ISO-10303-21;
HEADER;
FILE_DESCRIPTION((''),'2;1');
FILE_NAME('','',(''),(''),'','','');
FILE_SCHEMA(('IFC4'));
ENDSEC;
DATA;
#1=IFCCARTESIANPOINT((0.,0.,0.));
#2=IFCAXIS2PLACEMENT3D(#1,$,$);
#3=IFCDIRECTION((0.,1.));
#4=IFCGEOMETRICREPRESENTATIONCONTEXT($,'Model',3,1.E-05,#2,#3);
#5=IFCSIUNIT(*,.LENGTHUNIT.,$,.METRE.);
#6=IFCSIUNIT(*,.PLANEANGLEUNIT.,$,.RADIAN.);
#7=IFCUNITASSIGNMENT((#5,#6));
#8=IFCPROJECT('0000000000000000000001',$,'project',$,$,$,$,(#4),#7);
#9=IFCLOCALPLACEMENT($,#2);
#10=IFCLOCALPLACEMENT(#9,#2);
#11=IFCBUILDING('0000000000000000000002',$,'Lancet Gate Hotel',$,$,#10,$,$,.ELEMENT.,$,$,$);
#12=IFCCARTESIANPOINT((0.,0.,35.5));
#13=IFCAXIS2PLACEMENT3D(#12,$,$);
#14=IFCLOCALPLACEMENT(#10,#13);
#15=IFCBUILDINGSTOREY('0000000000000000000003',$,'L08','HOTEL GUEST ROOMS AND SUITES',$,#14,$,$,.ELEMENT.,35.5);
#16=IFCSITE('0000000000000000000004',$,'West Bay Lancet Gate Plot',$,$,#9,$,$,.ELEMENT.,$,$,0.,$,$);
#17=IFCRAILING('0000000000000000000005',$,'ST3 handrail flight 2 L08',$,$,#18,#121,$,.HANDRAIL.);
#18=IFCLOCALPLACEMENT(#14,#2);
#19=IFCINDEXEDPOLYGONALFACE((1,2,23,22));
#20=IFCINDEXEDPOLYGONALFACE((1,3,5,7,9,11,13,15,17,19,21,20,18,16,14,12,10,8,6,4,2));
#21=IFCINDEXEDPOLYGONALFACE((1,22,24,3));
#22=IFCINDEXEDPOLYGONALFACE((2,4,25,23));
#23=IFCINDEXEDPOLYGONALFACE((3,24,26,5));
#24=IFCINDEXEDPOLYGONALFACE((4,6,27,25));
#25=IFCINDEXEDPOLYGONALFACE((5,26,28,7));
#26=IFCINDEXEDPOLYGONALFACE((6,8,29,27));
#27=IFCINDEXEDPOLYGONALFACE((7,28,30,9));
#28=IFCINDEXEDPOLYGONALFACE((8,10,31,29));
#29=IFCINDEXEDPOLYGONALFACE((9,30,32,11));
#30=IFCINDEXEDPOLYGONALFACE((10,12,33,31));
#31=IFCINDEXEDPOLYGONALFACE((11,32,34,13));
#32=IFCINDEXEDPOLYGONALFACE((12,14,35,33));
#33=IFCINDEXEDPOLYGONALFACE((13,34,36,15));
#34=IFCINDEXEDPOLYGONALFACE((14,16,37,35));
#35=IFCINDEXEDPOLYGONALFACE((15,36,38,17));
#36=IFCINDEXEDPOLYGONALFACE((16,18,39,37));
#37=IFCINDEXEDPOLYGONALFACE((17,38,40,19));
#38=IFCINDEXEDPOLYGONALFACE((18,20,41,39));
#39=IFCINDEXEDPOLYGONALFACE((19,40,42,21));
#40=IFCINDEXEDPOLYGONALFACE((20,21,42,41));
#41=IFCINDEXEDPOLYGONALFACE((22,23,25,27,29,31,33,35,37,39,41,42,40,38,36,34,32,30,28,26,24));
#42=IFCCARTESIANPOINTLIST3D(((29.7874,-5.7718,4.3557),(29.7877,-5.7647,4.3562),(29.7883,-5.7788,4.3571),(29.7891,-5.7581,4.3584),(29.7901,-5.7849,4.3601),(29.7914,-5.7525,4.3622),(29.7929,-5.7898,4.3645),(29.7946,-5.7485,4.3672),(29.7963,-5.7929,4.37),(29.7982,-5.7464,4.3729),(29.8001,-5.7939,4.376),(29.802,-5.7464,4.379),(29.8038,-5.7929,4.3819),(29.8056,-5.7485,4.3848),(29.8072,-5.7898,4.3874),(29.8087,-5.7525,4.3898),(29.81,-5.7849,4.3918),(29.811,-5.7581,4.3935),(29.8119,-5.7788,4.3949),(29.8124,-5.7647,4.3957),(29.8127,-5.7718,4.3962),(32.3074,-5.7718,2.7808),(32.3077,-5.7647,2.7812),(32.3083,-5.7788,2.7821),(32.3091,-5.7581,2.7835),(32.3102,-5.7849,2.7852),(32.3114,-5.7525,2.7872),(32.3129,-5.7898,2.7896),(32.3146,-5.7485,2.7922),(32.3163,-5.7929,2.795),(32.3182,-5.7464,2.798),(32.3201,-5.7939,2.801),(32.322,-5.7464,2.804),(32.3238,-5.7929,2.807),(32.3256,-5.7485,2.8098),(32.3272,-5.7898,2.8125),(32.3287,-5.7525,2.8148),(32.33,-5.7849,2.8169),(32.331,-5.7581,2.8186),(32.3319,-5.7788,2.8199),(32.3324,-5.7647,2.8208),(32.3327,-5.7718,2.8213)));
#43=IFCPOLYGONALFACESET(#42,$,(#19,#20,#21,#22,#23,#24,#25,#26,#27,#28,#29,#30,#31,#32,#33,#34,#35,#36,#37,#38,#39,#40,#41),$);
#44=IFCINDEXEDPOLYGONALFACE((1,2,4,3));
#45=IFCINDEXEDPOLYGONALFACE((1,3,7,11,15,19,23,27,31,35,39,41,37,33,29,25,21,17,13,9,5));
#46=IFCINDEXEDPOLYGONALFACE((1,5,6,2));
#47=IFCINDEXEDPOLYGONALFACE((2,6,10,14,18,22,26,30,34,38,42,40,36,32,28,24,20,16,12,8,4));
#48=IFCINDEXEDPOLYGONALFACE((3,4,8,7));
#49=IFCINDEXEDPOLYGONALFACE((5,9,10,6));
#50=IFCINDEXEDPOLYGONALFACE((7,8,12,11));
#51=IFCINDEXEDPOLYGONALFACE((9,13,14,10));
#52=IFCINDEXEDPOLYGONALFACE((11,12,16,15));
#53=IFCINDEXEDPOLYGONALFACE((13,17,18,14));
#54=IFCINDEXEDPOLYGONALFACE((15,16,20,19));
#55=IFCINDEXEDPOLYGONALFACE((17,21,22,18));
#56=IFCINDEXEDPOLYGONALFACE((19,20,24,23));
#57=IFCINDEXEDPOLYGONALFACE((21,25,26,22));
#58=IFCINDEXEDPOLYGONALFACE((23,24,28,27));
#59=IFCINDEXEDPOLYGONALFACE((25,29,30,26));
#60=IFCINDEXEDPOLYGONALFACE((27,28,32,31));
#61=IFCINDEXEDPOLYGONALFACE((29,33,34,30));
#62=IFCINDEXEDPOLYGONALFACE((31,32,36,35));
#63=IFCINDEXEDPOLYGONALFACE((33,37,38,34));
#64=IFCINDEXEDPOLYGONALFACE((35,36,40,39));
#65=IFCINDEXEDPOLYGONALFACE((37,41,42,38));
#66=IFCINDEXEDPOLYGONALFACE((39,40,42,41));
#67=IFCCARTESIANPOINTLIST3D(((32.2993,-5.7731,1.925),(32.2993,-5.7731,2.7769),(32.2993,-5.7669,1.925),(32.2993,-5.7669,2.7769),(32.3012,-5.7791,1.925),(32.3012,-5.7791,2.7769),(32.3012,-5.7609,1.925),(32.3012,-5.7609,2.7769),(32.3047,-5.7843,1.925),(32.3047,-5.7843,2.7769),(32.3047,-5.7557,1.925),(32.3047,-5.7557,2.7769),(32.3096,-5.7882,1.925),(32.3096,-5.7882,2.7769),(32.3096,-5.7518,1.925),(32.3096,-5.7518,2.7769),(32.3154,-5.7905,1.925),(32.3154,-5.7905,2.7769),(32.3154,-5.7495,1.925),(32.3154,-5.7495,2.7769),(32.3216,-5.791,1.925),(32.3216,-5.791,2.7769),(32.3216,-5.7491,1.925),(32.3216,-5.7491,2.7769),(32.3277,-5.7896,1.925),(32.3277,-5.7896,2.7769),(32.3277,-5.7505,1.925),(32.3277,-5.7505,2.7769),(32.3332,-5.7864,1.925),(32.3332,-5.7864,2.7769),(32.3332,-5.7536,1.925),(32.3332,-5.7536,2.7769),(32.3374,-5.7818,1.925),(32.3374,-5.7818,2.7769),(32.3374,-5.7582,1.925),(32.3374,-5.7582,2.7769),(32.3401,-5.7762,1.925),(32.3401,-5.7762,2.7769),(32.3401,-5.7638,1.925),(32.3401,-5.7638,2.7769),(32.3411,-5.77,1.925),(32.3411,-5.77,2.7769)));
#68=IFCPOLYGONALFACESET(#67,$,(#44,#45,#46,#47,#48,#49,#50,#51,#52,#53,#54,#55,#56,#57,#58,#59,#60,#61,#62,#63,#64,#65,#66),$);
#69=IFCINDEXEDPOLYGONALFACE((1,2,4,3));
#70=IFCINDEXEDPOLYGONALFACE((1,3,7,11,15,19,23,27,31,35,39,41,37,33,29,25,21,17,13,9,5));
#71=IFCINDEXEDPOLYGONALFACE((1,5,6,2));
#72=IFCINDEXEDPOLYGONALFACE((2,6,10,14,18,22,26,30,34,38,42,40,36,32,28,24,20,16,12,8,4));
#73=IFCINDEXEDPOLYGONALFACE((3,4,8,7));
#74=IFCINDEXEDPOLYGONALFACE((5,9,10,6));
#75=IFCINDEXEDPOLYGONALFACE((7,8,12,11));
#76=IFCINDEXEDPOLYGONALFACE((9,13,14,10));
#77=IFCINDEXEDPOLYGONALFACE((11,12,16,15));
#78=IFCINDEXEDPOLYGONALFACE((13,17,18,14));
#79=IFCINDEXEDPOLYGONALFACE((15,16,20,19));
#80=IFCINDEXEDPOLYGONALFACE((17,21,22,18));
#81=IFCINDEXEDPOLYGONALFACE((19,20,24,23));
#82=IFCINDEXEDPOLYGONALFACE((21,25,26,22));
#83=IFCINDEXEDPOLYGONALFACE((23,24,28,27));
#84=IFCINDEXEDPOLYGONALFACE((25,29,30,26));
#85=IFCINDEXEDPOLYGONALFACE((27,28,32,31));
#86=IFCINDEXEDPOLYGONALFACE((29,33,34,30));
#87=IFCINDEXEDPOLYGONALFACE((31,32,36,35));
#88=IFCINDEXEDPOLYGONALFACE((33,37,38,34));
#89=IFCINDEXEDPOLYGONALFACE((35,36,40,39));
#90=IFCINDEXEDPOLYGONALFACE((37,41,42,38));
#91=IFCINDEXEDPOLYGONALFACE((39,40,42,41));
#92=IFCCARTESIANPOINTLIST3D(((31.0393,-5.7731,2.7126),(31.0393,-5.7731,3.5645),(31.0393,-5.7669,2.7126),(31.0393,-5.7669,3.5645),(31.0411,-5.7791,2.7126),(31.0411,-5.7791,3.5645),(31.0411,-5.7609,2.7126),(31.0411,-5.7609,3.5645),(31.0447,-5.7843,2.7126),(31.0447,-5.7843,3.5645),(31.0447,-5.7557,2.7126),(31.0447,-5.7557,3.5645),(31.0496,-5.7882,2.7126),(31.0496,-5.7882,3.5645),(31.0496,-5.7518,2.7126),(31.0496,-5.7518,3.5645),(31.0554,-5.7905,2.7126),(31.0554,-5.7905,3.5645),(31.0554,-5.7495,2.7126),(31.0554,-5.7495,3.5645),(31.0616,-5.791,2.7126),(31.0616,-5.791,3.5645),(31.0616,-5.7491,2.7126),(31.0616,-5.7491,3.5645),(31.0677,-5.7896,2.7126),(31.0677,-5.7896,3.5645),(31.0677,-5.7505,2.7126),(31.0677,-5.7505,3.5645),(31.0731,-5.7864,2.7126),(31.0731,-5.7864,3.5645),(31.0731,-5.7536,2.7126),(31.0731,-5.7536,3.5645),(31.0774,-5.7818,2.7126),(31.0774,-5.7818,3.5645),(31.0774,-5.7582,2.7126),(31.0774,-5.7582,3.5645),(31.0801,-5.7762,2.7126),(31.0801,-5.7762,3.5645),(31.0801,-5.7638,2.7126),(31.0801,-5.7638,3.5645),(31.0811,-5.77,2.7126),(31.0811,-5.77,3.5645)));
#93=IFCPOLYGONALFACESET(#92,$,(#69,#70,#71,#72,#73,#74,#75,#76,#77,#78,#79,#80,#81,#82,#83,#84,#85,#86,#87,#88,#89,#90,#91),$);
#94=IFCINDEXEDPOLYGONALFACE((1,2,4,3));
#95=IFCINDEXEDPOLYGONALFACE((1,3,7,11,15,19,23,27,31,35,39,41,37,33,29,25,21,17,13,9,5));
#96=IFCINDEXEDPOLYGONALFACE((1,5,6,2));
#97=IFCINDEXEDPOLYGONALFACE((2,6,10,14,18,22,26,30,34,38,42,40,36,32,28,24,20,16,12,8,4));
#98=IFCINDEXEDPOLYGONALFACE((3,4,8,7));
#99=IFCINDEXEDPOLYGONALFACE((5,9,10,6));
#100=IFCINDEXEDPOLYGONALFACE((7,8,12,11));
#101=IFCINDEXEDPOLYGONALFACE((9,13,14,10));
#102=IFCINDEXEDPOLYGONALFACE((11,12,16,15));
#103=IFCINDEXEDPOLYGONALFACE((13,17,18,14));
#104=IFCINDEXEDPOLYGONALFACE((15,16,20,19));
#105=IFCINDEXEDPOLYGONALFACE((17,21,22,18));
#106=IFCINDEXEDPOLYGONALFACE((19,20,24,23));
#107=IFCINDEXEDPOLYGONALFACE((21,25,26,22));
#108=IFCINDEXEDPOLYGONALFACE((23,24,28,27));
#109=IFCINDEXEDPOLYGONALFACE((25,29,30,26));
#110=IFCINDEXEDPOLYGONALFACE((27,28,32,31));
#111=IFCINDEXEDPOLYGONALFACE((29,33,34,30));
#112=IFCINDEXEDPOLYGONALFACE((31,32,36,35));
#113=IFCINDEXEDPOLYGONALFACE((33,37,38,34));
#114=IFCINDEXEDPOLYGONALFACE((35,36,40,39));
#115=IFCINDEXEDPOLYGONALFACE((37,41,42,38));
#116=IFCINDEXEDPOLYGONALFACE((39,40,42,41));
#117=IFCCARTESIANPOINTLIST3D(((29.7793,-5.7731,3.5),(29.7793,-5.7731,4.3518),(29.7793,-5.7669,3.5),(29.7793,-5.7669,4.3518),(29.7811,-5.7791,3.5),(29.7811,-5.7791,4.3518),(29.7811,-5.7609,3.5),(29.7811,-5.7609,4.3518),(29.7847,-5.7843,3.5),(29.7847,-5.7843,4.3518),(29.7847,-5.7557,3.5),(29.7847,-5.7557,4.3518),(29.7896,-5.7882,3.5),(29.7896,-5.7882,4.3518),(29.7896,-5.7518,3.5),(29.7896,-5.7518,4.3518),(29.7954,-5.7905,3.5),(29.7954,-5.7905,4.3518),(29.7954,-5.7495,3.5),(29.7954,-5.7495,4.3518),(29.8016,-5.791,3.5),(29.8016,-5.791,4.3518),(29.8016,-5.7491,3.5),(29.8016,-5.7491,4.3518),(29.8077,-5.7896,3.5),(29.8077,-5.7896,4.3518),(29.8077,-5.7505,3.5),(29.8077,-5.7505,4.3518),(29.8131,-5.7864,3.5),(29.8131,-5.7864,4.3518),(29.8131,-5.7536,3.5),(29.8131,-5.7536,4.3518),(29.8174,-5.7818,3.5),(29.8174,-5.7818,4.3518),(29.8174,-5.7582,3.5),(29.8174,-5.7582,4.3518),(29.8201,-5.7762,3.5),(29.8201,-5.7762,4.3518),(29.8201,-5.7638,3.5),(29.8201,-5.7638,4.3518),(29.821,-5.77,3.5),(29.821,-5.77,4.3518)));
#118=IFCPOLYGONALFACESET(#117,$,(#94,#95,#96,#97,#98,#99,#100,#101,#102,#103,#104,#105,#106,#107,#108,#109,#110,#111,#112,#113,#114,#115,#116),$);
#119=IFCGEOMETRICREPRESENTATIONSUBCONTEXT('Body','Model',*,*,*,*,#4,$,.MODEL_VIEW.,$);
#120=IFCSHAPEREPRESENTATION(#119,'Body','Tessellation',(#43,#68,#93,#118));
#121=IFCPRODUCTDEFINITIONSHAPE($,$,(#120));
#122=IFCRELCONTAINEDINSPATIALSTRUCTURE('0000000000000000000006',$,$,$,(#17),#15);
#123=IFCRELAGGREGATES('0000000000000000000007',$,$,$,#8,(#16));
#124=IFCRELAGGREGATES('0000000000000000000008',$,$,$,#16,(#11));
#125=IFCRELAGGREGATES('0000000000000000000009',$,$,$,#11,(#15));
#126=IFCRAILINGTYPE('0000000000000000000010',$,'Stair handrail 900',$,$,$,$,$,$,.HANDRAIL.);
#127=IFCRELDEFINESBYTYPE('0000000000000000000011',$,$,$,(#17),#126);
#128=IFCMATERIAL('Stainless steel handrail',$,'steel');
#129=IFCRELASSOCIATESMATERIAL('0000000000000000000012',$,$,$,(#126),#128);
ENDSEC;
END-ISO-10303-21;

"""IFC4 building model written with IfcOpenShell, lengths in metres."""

from ifc_helpers import new_model, si_unit, direction, frame, origin, origin_2d, place, context, subcontext, project, spatial, circle, extrude, material, type_object, element, save


model = new_model("IFC4")

# Units and contexts
model_context = context("Model", 3, precision=1e-05, world=origin(), true_north=direction((0.0, 1.0)))
body_context = subcontext(model_context, "Body", "Model", "MODEL_VIEW")
ifc_project = project(units=[si_unit("LENGTHUNIT", "METRE"), si_unit("PLANEANGLEUNIT", "RADIAN")], contexts=[model_context])

# Site, building, storey
site_placement = place(None, origin())
site = spatial("IfcSite", under=ifc_project, at=site_placement, Name="West Bay Lancet Gate Plot", CompositionType="ELEMENT", RefElevation=0.0)
building_placement = place(site_placement, origin())
building = spatial("IfcBuilding", under=site, at=building_placement, Name="Lancet Gate Hotel", CompositionType="ELEMENT")
storey_placement = place(building_placement, frame((0.0, 0.0, 35.5)))
storey = spatial("IfcBuildingStorey", under=building, at=storey_placement, Name="L08", Description="HOTEL GUEST ROOMS AND SUITES", CompositionType="ELEMENT", Elevation=35.5)

# Railing
ifc_material_1 = material(Name="Stainless steel handrail", Category="steel")
railing_type = type_object("IfcRailingType", Name="Stair handrail 900", PredefinedType="HANDRAIL", material=ifc_material_1)
railing_placement = place(storey_placement, frame((32.3201, -5.77, 1.925)))
element("IfcRailing", 1, at=railing_placement, inside=storey, type_object=railing_type, Name="ST3 handrail flight 2 L08", PredefinedType="HANDRAIL", context=body_context, shape_type="SweptSolid", body=[
    extrude(circle(Radius=0.0239, at=origin_2d()), frame((0.0, 0.0, 0.876), z_axis=(-0.848008, 0.0, 0.529984), x_axis=(0.0, -1.0, 0.0)), (0.0, 0.0, 1.0), 2.9717),
    extrude(circle(Radius=0.021, at=origin_2d()), origin(), (0.0, 0.0, 1.0), 0.8518),
    extrude(circle(Radius=0.021, at=origin_2d()), frame((-1.26, 0.0, 0.7876)), (0.0, 0.0, 1.0), 0.8518),
    extrude(circle(Radius=0.021, at=origin_2d()), frame((-2.52, 0.0, 1.575)), (0.0, 0.0, 1.0), 0.8518),
])

save(model, "model.ifc")
